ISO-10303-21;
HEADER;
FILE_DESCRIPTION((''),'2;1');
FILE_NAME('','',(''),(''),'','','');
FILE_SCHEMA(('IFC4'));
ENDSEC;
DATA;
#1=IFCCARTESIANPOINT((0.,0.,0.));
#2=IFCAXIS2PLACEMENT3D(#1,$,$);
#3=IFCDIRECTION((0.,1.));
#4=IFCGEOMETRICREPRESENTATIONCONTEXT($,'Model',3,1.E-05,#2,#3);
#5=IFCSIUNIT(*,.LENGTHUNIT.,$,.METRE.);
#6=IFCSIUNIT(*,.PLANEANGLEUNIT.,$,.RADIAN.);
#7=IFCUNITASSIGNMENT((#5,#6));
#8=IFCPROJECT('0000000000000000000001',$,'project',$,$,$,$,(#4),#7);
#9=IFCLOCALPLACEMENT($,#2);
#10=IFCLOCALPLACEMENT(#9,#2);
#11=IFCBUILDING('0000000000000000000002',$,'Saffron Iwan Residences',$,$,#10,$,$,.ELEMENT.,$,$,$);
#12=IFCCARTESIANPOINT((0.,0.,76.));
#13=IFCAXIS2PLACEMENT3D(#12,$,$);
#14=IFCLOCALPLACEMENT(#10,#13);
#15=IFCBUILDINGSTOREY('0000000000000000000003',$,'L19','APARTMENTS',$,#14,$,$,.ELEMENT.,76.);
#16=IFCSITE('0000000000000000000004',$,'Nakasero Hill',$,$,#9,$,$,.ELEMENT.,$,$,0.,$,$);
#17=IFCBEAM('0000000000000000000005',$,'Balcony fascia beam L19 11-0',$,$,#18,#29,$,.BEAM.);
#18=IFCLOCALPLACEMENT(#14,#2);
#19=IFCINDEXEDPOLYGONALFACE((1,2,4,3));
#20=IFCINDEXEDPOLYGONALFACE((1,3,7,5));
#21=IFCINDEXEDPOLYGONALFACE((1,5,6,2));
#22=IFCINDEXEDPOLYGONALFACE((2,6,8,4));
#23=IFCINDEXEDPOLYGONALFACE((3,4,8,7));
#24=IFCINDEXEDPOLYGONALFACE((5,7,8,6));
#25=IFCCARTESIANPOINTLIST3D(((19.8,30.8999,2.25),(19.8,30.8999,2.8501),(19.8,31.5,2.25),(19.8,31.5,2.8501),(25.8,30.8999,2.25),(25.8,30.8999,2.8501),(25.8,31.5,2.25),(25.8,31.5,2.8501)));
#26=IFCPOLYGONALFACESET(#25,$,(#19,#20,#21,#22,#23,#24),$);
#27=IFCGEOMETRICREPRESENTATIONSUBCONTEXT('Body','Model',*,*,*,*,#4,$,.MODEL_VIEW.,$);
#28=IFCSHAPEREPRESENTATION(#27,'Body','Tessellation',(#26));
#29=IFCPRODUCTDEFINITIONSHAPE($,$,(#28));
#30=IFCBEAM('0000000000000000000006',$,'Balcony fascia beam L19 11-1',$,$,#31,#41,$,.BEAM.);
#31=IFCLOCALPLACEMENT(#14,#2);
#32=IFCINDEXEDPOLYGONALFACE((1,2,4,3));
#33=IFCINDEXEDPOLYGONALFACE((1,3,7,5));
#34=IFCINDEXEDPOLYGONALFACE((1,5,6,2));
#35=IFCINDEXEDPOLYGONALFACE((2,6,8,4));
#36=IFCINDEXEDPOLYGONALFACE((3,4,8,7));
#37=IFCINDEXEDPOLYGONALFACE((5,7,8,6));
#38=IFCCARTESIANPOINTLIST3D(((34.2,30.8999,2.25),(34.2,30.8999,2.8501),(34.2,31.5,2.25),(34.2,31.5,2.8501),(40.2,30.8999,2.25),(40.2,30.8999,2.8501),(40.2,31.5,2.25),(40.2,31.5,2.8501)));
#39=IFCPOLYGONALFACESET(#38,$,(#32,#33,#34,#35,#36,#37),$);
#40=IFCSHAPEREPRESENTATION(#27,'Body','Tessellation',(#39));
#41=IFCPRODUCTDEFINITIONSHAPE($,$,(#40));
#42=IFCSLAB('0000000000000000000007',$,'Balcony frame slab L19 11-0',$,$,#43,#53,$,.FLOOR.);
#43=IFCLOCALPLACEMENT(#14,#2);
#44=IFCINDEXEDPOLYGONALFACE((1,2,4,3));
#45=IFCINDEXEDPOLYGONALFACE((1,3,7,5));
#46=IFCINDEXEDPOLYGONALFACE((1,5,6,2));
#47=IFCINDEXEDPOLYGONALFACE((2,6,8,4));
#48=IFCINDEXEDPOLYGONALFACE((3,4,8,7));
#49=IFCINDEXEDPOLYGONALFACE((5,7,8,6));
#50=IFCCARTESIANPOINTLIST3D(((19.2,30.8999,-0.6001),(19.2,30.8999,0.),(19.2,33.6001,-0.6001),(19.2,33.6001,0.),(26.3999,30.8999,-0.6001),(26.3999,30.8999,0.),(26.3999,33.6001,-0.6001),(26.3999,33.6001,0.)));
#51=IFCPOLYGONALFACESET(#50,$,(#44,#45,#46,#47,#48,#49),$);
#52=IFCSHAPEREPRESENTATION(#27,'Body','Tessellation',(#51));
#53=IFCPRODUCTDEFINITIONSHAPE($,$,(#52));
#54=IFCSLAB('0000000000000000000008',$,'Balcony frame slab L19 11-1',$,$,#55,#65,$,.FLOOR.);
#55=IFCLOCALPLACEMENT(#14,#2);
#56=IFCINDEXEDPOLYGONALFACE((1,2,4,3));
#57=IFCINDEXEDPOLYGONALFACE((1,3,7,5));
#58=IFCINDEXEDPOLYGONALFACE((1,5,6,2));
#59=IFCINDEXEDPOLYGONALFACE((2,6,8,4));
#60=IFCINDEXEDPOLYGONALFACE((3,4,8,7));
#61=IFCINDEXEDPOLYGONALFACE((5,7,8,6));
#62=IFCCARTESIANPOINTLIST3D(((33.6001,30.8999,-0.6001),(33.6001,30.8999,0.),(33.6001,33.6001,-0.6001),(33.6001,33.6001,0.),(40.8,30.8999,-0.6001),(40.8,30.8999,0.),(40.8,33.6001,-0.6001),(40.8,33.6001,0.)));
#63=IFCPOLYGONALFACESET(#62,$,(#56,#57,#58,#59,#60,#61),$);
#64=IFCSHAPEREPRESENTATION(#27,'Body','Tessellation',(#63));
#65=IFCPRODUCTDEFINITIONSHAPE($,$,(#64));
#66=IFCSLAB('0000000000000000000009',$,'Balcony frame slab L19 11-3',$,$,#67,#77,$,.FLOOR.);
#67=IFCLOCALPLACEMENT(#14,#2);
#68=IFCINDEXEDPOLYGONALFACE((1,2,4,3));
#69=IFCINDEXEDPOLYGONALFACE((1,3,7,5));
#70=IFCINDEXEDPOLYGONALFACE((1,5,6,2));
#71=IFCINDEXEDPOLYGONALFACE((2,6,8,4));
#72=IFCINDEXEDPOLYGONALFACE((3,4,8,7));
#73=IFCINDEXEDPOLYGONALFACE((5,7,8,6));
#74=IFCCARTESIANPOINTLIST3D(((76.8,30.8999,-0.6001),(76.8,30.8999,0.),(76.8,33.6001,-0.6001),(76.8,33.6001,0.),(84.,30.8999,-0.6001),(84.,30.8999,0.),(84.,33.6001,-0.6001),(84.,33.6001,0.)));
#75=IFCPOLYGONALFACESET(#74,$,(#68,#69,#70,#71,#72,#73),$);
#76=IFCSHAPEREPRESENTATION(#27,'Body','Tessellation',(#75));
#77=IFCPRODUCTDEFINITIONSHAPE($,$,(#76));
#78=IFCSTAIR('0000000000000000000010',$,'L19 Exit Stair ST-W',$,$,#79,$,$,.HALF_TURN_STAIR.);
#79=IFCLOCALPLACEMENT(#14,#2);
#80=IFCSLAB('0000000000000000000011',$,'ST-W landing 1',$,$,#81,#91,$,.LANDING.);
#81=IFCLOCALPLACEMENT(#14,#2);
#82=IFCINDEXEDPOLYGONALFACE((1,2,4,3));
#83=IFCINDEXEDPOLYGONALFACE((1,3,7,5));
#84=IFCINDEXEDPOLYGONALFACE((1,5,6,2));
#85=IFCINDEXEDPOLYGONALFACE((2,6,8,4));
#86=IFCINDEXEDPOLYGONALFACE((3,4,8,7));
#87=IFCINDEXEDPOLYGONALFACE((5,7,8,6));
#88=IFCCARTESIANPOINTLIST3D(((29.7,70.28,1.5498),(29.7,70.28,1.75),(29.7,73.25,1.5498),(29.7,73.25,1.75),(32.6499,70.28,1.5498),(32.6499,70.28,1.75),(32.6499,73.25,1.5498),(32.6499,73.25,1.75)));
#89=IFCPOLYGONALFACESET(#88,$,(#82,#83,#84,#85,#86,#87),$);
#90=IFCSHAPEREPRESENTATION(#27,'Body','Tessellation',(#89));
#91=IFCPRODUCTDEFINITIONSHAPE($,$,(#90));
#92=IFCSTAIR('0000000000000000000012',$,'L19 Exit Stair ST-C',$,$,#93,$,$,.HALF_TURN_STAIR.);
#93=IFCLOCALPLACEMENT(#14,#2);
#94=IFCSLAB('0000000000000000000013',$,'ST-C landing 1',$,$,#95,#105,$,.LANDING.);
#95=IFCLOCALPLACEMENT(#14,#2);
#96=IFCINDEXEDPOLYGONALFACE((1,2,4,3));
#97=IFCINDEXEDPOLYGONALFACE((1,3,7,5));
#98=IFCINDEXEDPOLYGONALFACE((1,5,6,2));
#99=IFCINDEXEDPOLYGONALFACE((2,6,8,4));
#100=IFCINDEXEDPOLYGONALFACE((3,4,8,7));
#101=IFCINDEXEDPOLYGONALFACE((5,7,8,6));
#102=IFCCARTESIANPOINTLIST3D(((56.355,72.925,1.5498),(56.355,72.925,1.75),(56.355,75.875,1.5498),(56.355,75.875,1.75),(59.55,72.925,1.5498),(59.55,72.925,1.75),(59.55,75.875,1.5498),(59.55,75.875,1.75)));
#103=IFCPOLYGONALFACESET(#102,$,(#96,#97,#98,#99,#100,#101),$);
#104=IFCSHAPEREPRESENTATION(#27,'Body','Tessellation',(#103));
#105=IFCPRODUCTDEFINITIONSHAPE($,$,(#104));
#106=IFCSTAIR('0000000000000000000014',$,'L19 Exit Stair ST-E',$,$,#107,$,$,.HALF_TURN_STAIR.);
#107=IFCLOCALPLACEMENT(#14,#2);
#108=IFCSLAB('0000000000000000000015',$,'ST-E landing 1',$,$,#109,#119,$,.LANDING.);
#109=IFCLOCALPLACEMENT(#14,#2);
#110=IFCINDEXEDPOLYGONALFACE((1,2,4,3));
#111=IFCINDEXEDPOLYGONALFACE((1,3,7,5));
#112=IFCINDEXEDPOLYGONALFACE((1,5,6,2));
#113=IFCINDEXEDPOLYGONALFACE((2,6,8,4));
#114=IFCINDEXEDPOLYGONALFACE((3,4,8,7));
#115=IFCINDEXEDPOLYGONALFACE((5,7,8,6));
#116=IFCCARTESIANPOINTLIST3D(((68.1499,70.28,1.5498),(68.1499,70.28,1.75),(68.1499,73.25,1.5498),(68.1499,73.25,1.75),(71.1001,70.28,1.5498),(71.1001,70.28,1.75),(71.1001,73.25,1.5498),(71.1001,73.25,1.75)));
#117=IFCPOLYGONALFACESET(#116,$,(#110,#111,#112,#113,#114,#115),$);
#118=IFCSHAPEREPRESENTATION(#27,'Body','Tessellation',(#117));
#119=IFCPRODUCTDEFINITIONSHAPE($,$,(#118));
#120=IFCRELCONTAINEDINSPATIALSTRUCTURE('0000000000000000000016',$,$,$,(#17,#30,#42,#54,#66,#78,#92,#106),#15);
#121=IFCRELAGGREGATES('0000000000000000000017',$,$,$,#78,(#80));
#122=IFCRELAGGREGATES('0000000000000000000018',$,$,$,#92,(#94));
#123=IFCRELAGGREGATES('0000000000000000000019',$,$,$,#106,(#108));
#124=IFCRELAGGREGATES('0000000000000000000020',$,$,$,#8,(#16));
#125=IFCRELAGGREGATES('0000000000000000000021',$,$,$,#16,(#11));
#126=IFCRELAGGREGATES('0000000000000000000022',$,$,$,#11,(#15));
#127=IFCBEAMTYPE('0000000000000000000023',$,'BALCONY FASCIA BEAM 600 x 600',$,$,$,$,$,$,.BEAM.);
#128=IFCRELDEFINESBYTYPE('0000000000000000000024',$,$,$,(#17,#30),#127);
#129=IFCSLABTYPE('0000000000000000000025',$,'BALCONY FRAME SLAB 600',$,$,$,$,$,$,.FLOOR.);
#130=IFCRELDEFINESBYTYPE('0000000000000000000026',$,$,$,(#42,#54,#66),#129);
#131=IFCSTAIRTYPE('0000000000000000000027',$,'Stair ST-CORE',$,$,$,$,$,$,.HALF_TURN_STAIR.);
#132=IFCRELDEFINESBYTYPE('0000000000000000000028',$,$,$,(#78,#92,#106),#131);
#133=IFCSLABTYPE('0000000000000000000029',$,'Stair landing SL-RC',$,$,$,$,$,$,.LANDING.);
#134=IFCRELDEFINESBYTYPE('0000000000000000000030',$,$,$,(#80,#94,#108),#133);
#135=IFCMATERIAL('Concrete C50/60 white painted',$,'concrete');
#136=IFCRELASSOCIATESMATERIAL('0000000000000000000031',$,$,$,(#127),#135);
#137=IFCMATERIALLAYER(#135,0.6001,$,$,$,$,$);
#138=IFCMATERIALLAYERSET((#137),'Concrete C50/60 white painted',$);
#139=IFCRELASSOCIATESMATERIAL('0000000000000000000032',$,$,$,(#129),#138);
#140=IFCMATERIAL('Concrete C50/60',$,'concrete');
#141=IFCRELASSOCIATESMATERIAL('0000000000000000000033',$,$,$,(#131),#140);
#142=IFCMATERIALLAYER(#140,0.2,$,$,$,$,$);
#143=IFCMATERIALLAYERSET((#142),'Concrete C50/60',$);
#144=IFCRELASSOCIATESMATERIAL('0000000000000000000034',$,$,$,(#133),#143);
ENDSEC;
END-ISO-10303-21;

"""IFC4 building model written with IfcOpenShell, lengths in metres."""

from ifc_helpers import new_model, si_unit, direction, frame, origin, origin_2d, place, context, subcontext, project, spatial, polyline, rectangle, outline, extrude, source, transform, mapped, material, layer, layer_set, material_profile, profile_set, type_object, element, aggregate, save


model = new_model("IFC4")

# Units and contexts
model_context = context("Model", 3, precision=1e-05, world=origin(), true_north=direction((0.0, 1.0)))
body_context = subcontext(model_context, "Body", "Model", "MODEL_VIEW")
ifc_project = project(units=[si_unit("LENGTHUNIT", "METRE"), si_unit("PLANEANGLEUNIT", "RADIAN")], contexts=[model_context])

# Site, building, storey
site_placement = place(None, origin())
site = spatial("IfcSite", under=ifc_project, at=site_placement, Name="Nakasero Hill", CompositionType="ELEMENT", RefElevation=0.0)
building_placement = place(site_placement, origin())
building = spatial("IfcBuilding", under=site, at=building_placement, Name="Saffron Iwan Residences", CompositionType="ELEMENT")
storey_placement = place(building_placement, frame((0.0, 0.0, 76.0)))
storey = spatial("IfcBuildingStorey", under=building, at=storey_placement, Name="L19", Description="APARTMENTS", CompositionType="ELEMENT", Elevation=76.0)

# Beams
ifc_material_1 = material(Name="Concrete C50/60 white painted", Category="concrete")
ifc_material_profile = material_profile(ifc_material_1, rectangle(XDim=0.6001, YDim=0.6001, at=origin_2d()), Name="BALCONY FASCIA BEAM 600 x 600")
ifc_profile_set = profile_set([ifc_material_profile], Name="Concrete C50/60 white painted")
beam_type = type_object("IfcBeamType", Name="BALCONY FASCIA BEAM 600 x 600", PredefinedType="BEAM", material=ifc_profile_set)
shared_shape = source(origin(), body_context, "Body", "SweptSolid", [
    extrude(rectangle(XDim=0.6001, YDim=0.6001, at=origin_2d()), origin(), (0.0, 0.0, 1.0), 6.0),
])
for number, where, z_axis, x_axis, name in (
    (1, (19.8, 31.2, 2.55), (1.0, 0.0, 0.0), (0.0, 1.0, 0.0), "Balcony fascia beam L19 11-0"),
    (2, (34.2, 31.2, 2.55), (1.0, 0.0, 0.0), (0.0, 1.0, 0.0), "Balcony fascia beam L19 11-1"),
):
    element("IfcBeam", number, at=place(storey_placement, frame(where, z_axis=z_axis, x_axis=x_axis)), inside=storey, type_object=beam_type, Name=name, PredefinedType="BEAM", context=body_context, shape_type="MappedRepresentation", body=[
        mapped(shared_shape, transform((0.0, 0.0, 0.0))),
    ])

# Slabs
ifc_layer_1 = layer(ifc_material_1, 0.6001)
ifc_layer_set_1 = layer_set([ifc_layer_1], Name="Concrete C50/60 white painted")
slab_type_1 = type_object("IfcSlabType", Name="BALCONY FRAME SLAB 600", PredefinedType="FLOOR", material=ifc_layer_set_1)
slab_1_placement = place(storey_placement, frame((0.0, 0.0, -0.6001)))
element("IfcSlab", 3, at=slab_1_placement, inside=storey, type_object=slab_type_1, Name="Balcony frame slab L19 11-0", PredefinedType="FLOOR", context=body_context, shape_type="SweptSolid", body=[
    extrude(outline(polyline([(19.2, 30.8999), (26.3999, 30.8999), (26.3999, 33.6001), (19.2, 33.6001), (19.2, 30.8999)])), origin(), (0.0, 0.0, 1.0), 0.6001),
])
slab_2_placement = place(storey_placement, frame((0.0, 0.0, -0.6001)))
element("IfcSlab", 4, at=slab_2_placement, inside=storey, type_object=slab_type_1, Name="Balcony frame slab L19 11-1", PredefinedType="FLOOR", context=body_context, shape_type="SweptSolid", body=[
    extrude(outline(polyline([(33.6001, 30.8999), (40.8, 30.8999), (40.8, 33.6001), (33.6001, 33.6001), (33.6001, 30.8999)])), origin(), (0.0, 0.0, 1.0), 0.6001),
])
slab_3_placement = place(storey_placement, frame((0.0, 0.0, -0.6001)))
element("IfcSlab", 5, at=slab_3_placement, inside=storey, type_object=slab_type_1, Name="Balcony frame slab L19 11-3", PredefinedType="FLOOR", context=body_context, shape_type="SweptSolid", body=[
    extrude(outline(polyline([(76.8, 30.8999), (84.0, 30.8999), (84.0, 33.6001), (76.8, 33.6001), (76.8, 30.8999)])), origin(), (0.0, 0.0, 1.0), 0.6001),
])

# Stairs, slabs
ifc_material_2 = material(Name="Concrete C50/60", Category="concrete")
stair_type = type_object("IfcStairType", Name="Stair ST-CORE", PredefinedType="HALF_TURN_STAIR", material=ifc_material_2)
stair_1_placement = place(storey_placement, origin())
stair_1 = element("IfcStair", 6, at=stair_1_placement, inside=storey, type_object=stair_type, Name="L19 Exit Stair ST-W", PredefinedType="HALF_TURN_STAIR")
ifc_layer_2 = layer(ifc_material_2, 0.2)
ifc_layer_set_2 = layer_set([ifc_layer_2], Name="Concrete C50/60")
slab_type_2 = type_object("IfcSlabType", Name="Stair landing SL-RC", PredefinedType="LANDING", material=ifc_layer_set_2)
slab_4_placement = place(storey_placement, frame((0.0, 0.0, 1.5498)))
slab_4 = element("IfcSlab", 7, at=slab_4_placement, type_object=slab_type_2, Name="ST-W landing 1", PredefinedType="LANDING", context=body_context, shape_type="SweptSolid", body=[
    extrude(outline(polyline([(32.6499, 70.28), (32.6499, 73.25), (29.7, 73.25), (29.7, 70.28), (32.6499, 70.28)])), origin(), (0.0, 0.0, 1.0), 0.2002),
])
aggregate(stair_1, [slab_4])
stair_2_placement = place(storey_placement, origin())
stair_2 = element("IfcStair", 8, at=stair_2_placement, inside=storey, type_object=stair_type, Name="L19 Exit Stair ST-C", PredefinedType="HALF_TURN_STAIR")
slab_5_placement = place(storey_placement, frame((0.0, 0.0, 1.5498)))
slab_5 = element("IfcSlab", 9, at=slab_5_placement, type_object=slab_type_2, Name="ST-C landing 1", PredefinedType="LANDING", context=body_context, shape_type="SweptSolid", body=[
    extrude(outline(polyline([(56.355, 72.925), (59.55, 72.925), (59.55, 75.875), (56.355, 75.875), (56.355, 72.925)])), origin(), (0.0, 0.0, 1.0), 0.2002),
])
aggregate(stair_2, [slab_5])
stair_3_placement = place(storey_placement, origin())
stair_3 = element("IfcStair", 10, at=stair_3_placement, inside=storey, type_object=stair_type, Name="L19 Exit Stair ST-E", PredefinedType="HALF_TURN_STAIR")
slab_6_placement = place(storey_placement, frame((0.0, 0.0, 1.5498)))
slab_6 = element("IfcSlab", 11, at=slab_6_placement, type_object=slab_type_2, Name="ST-E landing 1", PredefinedType="LANDING", context=body_context, shape_type="SweptSolid", body=[
    extrude(outline(polyline([(71.1001, 70.28), (71.1001, 73.25), (68.1499, 73.25), (68.1499, 70.28), (71.1001, 70.28)])), origin(), (0.0, 0.0, 1.0), 0.2002),
])
aggregate(stair_3, [slab_6])

save(model, "model.ifc")
